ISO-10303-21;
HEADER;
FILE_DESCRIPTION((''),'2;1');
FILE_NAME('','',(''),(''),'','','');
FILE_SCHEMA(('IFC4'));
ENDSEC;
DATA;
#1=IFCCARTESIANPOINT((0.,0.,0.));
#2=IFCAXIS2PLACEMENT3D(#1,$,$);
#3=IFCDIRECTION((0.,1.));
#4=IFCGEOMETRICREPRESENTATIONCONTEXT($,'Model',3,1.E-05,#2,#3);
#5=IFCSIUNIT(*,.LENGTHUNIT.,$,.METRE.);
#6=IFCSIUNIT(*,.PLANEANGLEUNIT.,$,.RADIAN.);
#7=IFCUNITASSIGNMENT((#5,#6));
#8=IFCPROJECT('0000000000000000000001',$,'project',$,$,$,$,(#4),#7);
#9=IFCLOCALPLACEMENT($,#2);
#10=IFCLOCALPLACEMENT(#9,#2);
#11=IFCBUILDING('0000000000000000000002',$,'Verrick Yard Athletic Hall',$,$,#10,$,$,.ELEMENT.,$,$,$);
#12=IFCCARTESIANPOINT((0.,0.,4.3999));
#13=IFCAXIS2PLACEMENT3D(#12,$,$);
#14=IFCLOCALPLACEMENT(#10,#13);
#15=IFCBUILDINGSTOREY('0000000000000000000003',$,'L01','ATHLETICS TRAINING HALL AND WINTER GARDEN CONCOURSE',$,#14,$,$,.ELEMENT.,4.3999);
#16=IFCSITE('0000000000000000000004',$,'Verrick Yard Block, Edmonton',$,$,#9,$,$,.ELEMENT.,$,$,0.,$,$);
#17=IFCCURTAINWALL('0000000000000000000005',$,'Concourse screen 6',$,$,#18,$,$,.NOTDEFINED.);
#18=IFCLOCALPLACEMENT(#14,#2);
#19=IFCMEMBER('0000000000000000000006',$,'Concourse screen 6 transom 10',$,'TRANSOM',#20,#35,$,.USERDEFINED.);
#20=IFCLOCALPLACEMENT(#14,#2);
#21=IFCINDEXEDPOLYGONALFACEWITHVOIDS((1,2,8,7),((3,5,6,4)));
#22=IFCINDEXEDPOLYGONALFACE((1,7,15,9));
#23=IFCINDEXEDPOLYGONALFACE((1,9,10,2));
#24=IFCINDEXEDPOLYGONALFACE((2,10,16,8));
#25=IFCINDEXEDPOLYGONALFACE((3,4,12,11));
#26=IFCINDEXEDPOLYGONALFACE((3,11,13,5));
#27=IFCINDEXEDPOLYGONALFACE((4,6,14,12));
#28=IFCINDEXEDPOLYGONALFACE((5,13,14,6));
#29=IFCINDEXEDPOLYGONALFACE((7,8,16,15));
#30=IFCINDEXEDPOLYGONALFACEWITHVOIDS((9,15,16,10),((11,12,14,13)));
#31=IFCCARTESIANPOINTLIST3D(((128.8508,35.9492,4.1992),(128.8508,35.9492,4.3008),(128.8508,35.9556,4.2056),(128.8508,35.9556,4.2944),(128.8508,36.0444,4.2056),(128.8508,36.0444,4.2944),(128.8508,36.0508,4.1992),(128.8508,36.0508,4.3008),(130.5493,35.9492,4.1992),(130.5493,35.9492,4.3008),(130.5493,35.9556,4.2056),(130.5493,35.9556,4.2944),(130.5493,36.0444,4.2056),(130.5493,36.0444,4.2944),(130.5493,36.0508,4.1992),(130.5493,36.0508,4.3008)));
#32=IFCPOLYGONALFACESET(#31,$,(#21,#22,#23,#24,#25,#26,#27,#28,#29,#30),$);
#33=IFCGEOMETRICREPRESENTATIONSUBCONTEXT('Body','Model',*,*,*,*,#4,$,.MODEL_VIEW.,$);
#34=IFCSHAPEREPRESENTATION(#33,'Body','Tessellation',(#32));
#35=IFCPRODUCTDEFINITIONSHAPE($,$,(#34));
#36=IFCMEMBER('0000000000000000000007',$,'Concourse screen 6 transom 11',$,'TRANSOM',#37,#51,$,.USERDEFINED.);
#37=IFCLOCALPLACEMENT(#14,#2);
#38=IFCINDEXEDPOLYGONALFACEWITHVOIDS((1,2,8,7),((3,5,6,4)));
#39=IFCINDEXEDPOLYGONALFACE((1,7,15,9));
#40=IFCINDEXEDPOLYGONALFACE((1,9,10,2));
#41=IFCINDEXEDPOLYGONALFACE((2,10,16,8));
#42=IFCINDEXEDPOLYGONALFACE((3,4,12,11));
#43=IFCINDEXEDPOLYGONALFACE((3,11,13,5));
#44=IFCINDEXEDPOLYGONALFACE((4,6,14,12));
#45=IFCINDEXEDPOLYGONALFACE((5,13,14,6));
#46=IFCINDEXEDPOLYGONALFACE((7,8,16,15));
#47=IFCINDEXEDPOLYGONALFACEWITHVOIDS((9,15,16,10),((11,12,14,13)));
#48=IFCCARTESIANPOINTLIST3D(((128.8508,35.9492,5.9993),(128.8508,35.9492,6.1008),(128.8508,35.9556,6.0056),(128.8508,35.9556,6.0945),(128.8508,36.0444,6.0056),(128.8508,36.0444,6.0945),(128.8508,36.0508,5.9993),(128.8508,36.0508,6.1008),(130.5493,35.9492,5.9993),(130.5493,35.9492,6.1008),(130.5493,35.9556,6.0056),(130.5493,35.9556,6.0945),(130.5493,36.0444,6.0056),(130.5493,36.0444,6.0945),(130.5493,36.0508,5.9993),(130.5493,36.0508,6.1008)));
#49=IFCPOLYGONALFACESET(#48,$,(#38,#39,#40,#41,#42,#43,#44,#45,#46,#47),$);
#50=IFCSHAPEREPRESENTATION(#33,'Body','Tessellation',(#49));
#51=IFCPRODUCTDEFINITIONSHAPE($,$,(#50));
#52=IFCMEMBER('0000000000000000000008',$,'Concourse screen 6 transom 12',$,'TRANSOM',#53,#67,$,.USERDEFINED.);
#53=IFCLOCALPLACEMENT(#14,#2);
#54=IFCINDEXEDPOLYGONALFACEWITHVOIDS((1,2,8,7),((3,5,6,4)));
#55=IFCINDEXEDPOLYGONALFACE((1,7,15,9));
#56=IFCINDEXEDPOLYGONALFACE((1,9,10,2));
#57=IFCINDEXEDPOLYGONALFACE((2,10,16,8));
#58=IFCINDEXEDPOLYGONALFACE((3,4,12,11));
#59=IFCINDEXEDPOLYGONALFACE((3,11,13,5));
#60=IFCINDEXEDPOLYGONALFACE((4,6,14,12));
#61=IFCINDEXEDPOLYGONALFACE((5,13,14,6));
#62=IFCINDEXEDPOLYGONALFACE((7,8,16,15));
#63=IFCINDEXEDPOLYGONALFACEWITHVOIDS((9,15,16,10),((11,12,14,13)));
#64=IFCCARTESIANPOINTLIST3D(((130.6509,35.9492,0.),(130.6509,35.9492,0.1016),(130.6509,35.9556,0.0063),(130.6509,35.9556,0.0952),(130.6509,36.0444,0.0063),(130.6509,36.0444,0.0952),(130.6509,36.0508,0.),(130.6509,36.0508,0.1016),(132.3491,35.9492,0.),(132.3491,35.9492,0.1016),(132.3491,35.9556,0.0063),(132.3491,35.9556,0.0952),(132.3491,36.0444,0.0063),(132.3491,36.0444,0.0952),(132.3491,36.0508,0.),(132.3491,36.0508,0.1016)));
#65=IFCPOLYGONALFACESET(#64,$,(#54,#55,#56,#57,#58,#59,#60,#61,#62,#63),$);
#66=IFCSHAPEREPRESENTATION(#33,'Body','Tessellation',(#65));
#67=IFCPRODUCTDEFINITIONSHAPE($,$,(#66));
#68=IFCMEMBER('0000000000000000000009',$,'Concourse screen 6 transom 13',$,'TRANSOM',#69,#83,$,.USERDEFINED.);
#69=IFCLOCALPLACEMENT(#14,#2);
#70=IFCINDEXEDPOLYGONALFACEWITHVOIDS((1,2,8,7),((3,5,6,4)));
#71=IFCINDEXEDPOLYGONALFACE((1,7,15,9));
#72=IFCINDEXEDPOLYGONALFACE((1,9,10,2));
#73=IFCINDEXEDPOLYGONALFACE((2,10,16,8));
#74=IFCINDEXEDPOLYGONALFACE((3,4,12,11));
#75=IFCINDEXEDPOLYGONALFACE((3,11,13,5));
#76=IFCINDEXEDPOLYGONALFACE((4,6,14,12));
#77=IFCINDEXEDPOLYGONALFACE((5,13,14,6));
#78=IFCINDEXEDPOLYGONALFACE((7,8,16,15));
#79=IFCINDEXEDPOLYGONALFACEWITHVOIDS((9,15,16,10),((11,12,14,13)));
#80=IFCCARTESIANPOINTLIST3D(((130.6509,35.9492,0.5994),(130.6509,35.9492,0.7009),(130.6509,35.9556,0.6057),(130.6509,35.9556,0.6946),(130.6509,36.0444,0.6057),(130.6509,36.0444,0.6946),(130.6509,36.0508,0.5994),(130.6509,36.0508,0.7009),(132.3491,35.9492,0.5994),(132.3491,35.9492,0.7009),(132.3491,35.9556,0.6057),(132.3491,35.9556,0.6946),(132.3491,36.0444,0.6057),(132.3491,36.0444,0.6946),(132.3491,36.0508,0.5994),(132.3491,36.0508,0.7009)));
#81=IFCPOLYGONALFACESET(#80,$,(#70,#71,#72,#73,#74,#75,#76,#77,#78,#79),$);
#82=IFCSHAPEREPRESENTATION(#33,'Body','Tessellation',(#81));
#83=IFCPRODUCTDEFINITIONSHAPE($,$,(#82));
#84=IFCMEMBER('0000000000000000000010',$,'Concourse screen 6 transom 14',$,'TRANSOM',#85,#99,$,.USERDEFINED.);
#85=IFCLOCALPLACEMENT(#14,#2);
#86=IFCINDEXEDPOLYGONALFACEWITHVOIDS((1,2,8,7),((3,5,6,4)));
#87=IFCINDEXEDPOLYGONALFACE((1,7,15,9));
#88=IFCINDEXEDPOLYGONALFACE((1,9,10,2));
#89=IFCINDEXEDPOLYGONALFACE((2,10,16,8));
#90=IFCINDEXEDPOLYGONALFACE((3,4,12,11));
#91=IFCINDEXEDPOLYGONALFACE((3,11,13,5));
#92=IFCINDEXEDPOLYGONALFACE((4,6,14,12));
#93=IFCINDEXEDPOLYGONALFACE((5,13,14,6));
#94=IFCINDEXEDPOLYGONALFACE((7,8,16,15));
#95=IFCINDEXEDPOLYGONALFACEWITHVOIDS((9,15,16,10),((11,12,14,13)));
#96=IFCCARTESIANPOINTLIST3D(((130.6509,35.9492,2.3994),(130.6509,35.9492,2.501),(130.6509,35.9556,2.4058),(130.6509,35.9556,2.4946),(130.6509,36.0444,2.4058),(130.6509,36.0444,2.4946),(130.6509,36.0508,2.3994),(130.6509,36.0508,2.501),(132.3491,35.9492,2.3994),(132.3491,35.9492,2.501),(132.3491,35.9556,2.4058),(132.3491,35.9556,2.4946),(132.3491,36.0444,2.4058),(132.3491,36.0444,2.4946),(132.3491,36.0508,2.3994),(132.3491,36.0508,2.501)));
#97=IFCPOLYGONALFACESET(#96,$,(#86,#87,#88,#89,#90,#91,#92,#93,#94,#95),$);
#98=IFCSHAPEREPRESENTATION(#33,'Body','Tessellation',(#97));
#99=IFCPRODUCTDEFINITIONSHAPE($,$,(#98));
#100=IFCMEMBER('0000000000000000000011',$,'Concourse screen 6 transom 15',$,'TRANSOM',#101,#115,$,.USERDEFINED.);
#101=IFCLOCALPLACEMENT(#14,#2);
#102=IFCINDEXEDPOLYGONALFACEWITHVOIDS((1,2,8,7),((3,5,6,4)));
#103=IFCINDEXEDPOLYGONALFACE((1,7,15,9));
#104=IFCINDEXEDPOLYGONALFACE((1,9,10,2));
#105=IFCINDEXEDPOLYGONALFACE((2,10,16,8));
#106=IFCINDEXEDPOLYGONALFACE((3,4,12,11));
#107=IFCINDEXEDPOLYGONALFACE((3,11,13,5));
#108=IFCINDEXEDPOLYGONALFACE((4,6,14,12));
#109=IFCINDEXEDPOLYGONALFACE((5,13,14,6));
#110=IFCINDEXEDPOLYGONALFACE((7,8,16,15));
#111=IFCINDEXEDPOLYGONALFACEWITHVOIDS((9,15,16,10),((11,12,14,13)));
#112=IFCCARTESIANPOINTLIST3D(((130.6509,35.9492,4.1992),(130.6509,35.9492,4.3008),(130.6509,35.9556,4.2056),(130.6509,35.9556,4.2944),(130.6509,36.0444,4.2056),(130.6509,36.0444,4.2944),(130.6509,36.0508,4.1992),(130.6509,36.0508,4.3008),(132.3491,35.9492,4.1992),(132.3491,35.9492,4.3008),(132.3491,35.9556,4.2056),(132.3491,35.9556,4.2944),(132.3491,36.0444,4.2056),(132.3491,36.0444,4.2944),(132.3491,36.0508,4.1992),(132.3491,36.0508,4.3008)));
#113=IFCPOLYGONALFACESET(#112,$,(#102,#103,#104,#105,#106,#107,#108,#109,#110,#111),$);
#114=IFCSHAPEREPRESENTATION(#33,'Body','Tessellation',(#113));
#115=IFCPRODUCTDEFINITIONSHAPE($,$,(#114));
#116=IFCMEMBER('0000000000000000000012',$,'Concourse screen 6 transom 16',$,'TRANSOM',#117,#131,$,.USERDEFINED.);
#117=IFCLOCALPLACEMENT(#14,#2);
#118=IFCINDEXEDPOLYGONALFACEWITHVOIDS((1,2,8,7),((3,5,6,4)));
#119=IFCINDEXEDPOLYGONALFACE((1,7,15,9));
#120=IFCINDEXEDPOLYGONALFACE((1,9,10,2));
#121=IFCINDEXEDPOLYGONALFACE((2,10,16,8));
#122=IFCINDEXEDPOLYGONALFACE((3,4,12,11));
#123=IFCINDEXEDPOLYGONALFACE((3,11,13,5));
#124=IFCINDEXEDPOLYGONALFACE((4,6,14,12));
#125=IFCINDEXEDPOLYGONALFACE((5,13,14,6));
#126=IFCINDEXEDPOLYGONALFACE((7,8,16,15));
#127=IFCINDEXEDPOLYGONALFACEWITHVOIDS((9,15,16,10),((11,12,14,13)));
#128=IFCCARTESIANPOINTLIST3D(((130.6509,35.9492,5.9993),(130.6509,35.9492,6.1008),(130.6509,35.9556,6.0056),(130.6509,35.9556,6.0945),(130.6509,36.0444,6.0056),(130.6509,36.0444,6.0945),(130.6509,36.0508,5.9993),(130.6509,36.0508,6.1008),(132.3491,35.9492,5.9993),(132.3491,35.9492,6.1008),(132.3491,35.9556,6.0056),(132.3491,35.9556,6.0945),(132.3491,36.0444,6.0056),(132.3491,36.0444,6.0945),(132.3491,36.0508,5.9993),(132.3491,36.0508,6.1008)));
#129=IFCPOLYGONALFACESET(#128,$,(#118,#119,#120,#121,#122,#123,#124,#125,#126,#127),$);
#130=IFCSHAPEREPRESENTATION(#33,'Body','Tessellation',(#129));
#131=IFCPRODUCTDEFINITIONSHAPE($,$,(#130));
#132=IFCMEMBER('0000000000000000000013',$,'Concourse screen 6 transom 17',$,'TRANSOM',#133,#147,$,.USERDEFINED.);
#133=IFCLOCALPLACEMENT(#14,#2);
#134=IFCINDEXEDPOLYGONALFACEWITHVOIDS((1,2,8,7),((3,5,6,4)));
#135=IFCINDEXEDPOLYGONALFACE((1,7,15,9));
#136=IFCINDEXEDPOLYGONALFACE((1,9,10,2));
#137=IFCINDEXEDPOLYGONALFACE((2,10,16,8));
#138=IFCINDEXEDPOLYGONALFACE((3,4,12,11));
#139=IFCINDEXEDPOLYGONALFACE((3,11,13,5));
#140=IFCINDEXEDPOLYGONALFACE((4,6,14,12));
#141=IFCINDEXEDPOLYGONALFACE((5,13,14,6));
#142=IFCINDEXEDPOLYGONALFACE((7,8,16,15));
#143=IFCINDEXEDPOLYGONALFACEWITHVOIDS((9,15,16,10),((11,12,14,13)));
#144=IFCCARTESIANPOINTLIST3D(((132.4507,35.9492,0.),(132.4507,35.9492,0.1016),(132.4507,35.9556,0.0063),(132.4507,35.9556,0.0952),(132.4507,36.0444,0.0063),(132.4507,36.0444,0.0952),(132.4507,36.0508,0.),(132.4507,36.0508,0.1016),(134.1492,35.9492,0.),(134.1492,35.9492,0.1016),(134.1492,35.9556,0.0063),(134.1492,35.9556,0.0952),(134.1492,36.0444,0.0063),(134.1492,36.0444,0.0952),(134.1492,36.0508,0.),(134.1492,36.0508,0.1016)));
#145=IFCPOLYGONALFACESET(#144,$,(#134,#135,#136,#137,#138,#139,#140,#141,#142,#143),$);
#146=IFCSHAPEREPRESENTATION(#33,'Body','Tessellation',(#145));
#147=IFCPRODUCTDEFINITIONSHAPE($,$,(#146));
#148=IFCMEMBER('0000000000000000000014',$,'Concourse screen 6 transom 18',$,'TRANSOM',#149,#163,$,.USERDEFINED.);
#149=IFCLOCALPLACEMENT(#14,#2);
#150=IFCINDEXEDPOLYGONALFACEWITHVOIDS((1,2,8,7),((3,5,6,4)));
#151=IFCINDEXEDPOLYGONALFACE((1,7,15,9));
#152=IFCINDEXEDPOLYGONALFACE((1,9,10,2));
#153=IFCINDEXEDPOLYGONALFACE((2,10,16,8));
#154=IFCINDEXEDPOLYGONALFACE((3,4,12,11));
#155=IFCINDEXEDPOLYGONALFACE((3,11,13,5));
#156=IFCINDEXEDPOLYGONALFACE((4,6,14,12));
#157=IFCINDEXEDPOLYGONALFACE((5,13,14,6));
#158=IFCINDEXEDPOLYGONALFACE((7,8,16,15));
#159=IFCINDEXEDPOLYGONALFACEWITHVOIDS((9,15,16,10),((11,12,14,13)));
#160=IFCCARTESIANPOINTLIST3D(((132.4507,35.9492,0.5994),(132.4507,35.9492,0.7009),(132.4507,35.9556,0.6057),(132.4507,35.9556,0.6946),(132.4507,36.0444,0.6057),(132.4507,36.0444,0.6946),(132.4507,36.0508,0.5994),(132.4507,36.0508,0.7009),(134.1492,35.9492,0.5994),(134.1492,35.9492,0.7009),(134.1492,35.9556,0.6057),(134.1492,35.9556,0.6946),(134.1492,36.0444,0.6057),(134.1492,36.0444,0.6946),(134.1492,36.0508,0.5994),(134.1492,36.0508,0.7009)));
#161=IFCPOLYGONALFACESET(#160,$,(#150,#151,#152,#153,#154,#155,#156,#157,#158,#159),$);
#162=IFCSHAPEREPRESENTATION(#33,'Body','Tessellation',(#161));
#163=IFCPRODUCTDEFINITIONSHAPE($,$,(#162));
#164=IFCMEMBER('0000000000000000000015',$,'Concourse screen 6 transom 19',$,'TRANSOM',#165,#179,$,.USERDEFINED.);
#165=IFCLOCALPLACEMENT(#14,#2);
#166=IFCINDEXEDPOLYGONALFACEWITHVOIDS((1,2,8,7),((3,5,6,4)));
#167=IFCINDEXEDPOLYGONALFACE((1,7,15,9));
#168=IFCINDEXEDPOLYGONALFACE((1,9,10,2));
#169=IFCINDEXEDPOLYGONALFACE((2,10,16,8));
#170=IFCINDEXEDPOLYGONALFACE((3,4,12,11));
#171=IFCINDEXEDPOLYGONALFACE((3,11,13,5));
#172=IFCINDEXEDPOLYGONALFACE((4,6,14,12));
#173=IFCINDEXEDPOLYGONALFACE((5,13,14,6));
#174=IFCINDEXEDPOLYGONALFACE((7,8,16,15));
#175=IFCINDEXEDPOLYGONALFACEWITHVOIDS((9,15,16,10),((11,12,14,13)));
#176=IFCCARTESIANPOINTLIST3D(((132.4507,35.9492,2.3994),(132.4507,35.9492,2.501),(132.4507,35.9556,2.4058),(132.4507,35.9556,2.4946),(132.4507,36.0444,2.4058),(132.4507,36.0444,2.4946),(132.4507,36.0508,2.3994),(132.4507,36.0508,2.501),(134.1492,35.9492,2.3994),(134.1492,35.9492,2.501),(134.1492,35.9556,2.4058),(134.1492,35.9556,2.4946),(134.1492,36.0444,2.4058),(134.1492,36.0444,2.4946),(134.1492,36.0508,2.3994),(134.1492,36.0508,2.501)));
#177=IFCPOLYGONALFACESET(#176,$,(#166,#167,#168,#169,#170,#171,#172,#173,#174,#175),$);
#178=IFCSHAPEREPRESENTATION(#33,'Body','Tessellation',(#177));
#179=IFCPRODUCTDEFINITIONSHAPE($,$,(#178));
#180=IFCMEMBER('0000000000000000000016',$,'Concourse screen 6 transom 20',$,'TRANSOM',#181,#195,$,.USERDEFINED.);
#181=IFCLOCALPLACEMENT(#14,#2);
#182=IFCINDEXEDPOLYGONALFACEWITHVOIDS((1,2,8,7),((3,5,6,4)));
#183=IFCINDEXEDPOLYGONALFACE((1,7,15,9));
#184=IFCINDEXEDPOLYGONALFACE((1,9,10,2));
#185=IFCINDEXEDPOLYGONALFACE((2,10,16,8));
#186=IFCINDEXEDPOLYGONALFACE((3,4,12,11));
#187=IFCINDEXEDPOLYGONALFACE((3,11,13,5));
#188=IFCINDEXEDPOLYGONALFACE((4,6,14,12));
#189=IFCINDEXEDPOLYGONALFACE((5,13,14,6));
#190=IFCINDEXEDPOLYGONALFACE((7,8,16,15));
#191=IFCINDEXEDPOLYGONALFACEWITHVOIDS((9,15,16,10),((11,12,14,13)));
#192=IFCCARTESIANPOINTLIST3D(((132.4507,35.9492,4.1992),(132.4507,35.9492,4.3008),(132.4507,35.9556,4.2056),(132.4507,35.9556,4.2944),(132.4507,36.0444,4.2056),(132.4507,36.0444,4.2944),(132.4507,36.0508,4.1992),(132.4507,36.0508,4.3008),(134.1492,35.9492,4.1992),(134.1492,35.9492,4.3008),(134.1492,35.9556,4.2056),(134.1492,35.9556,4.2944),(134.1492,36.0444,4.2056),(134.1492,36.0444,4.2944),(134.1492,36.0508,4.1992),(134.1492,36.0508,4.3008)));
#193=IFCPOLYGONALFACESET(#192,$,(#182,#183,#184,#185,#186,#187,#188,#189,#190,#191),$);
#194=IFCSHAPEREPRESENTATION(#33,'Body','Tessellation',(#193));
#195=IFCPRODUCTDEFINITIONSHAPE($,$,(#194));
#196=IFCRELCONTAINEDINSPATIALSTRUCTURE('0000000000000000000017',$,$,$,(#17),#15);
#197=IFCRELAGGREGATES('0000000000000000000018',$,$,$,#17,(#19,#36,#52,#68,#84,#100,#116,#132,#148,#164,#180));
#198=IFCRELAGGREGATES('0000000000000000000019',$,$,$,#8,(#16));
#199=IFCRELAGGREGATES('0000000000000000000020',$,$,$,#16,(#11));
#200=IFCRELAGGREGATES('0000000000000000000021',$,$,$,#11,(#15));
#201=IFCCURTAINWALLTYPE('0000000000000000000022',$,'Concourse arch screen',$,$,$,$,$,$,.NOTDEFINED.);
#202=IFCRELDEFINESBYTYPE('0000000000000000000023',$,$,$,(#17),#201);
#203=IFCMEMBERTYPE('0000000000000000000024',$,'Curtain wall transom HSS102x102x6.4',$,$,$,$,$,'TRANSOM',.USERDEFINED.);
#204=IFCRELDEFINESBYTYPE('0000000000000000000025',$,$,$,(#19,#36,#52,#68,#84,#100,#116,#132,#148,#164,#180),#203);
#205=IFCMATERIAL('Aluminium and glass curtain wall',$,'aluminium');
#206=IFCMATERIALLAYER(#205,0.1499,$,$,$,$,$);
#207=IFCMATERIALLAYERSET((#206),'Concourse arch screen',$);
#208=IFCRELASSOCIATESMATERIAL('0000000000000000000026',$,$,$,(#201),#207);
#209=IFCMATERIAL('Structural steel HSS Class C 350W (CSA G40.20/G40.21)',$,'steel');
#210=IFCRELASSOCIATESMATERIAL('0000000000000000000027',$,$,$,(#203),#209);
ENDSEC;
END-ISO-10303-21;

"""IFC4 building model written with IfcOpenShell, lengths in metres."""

from ifc_helpers import new_model, si_unit, direction, frame, origin, origin_2d, place, context, subcontext, project, spatial, hollow_rectangle, extrude, material, layer, layer_set, material_profile, profile_set, type_object, element, aggregate, save


model = new_model("IFC4")

# Units and contexts
model_context = context("Model", 3, precision=1e-05, world=origin(), true_north=direction((0.0, 1.0)))
body_context = subcontext(model_context, "Body", "Model", "MODEL_VIEW")
ifc_project = project(units=[si_unit("LENGTHUNIT", "METRE"), si_unit("PLANEANGLEUNIT", "RADIAN")], contexts=[model_context])

# Site, building, storey
site_placement = place(None, origin())
site = spatial("IfcSite", under=ifc_project, at=site_placement, Name="Verrick Yard Block, Edmonton", CompositionType="ELEMENT", RefElevation=0.0)
building_placement = place(site_placement, origin())
building = spatial("IfcBuilding", under=site, at=building_placement, Name="Verrick Yard Athletic Hall", CompositionType="ELEMENT")
storey_placement = place(building_placement, frame((0.0, 0.0, 4.3999)))
storey = spatial("IfcBuildingStorey", under=building, at=storey_placement, Name="L01", Description="ATHLETICS TRAINING HALL AND WINTER GARDEN CONCOURSE", CompositionType="ELEMENT", Elevation=4.3999)

# Curtain wall, members
ifc_material_1 = material(Name="Aluminium and glass curtain wall", Category="aluminium")
ifc_layer = layer(ifc_material_1, 0.1499)
ifc_layer_set = layer_set([ifc_layer], Name="Concourse arch screen")
curtain_wall_type = type_object("IfcCurtainWallType", Name="Concourse arch screen", PredefinedType="NOTDEFINED", material=ifc_layer_set)
curtain_wall_placement = place(storey_placement, origin())
curtain_wall = element("IfcCurtainWall", 1, at=curtain_wall_placement, inside=storey, type_object=curtain_wall_type, Name="Concourse screen 6", PredefinedType="NOTDEFINED")
ifc_material_2 = material(Name="Structural steel HSS Class C 350W (CSA G40.20/G40.21)", Category="steel")
ifc_material_profile_1 = material_profile(ifc_material_2, hollow_rectangle(XDim=0.1016, YDim=0.1016, WallThickness=0.0063, at=origin_2d()), Name="HSS102x102x6.4")
ifc_profile_set_1 = profile_set([ifc_material_profile_1], Name="Structural steel HSS Class C 350W (CSA G40.20/G40.21)")
member_type_1 = type_object("IfcMemberType", Name="Curtain wall transom HSS102x102x6.4", ElementType="TRANSOM", PredefinedType="USERDEFINED", material=ifc_profile_set_1)
member_1_placement = place(storey_placement, frame((128.8508, 36.0, 4.25), z_axis=(1.0, 0.0, 0.0), x_axis=(0.0, 1.0, 0.0)))
member_1 = element("IfcMember", 2, at=member_1_placement, type_object=member_type_1, Name="Concourse screen 6 transom 10", ObjectType="TRANSOM", PredefinedType="USERDEFINED", context=body_context, shape_type="SweptSolid", body=[
    extrude(hollow_rectangle(XDim=0.1016, YDim=0.1016, WallThickness=0.0063, at=origin_2d()), origin(), (0.0, 0.0, 1.0), 1.6985),
])
member_2_placement = place(storey_placement, frame((128.8508, 36.0, 6.05), z_axis=(1.0, 0.0, 0.0), x_axis=(0.0, 1.0, 0.0)))
member_2 = element("IfcMember", 3, at=member_2_placement, type_object=member_type_1, Name="Concourse screen 6 transom 11", ObjectType="TRANSOM", PredefinedType="USERDEFINED", context=body_context, shape_type="SweptSolid", body=[
    extrude(hollow_rectangle(XDim=0.1016, YDim=0.1016, WallThickness=0.0063, at=origin_2d()), origin(), (0.0, 0.0, 1.0), 1.6985),
])
member_3_placement = place(storey_placement, frame((130.6509, 36.0, 0.0508), z_axis=(1.0, 0.0, 0.0), x_axis=(0.0, 1.0, 0.0)))
member_3 = element("IfcMember", 4, at=member_3_placement, type_object=member_type_1, Name="Concourse screen 6 transom 12", ObjectType="TRANSOM", PredefinedType="USERDEFINED", context=body_context, shape_type="SweptSolid", body=[
    extrude(hollow_rectangle(XDim=0.1016, YDim=0.1016, WallThickness=0.0063, at=origin_2d()), origin(), (0.0, 0.0, 1.0), 1.6982),
])
member_4_placement = place(storey_placement, frame((130.6509, 36.0, 0.6501), z_axis=(1.0, 0.0, 0.0), x_axis=(0.0, 1.0, 0.0)))
member_4 = element("IfcMember", 5, at=member_4_placement, type_object=member_type_1, Name="Concourse screen 6 transom 13", ObjectType="TRANSOM", PredefinedType="USERDEFINED", context=body_context, shape_type="SweptSolid", body=[
    extrude(hollow_rectangle(XDim=0.1016, YDim=0.1016, WallThickness=0.0063, at=origin_2d()), origin(), (0.0, 0.0, 1.0), 1.6982),
])
member_5_placement = place(storey_placement, frame((130.6509, 36.0, 2.4502), z_axis=(1.0, 0.0, 0.0), x_axis=(0.0, 1.0, 0.0)))
member_5 = element("IfcMember", 6, at=member_5_placement, type_object=member_type_1, Name="Concourse screen 6 transom 14", ObjectType="TRANSOM", PredefinedType="USERDEFINED", context=body_context, shape_type="SweptSolid", body=[
    extrude(hollow_rectangle(XDim=0.1016, YDim=0.1016, WallThickness=0.0063, at=origin_2d()), origin(), (0.0, 0.0, 1.0), 1.6982),
])
member_6_placement = place(storey_placement, frame((130.6509, 36.0, 4.25), z_axis=(1.0, 0.0, 0.0), x_axis=(0.0, 1.0, 0.0)))
member_6 = element("IfcMember", 7, at=member_6_placement, type_object=member_type_1, Name="Concourse screen 6 transom 15", ObjectType="TRANSOM", PredefinedType="USERDEFINED", context=body_context, shape_type="SweptSolid", body=[
    extrude(hollow_rectangle(XDim=0.1016, YDim=0.1016, WallThickness=0.0063, at=origin_2d()), origin(), (0.0, 0.0, 1.0), 1.6982),
])
member_7_placement = place(storey_placement, frame((130.6509, 36.0, 6.05), z_axis=(1.0, 0.0, 0.0), x_axis=(0.0, 1.0, 0.0)))
member_7 = element("IfcMember", 8, at=member_7_placement, type_object=member_type_1, Name="Concourse screen 6 transom 16", ObjectType="TRANSOM", PredefinedType="USERDEFINED", context=body_context, shape_type="SweptSolid", body=[
    extrude(hollow_rectangle(XDim=0.1016, YDim=0.1016, WallThickness=0.0063, at=origin_2d()), origin(), (0.0, 0.0, 1.0), 1.6982),
])
member_8_placement = place(storey_placement, frame((132.4507, 36.0, 0.0508), z_axis=(1.0, 0.0, 0.0), x_axis=(0.0, 1.0, 0.0)))
member_8 = element("IfcMember", 9, at=member_8_placement, type_object=member_type_1, Name="Concourse screen 6 transom 17", ObjectType="TRANSOM", PredefinedType="USERDEFINED", context=body_context, shape_type="SweptSolid", body=[
    extrude(hollow_rectangle(XDim=0.1016, YDim=0.1016, WallThickness=0.0063, at=origin_2d()), origin(), (0.0, 0.0, 1.0), 1.6985),
])
member_9_placement = place(storey_placement, frame((132.4507, 36.0, 0.6501), z_axis=(1.0, 0.0, 0.0), x_axis=(0.0, 1.0, 0.0)))
member_9 = element("IfcMember", 10, at=member_9_placement, type_object=member_type_1, Name="Concourse screen 6 transom 18", ObjectType="TRANSOM", PredefinedType="USERDEFINED", context=body_context, shape_type="SweptSolid", body=[
    extrude(hollow_rectangle(XDim=0.1016, YDim=0.1016, WallThickness=0.0063, at=origin_2d()), origin(), (0.0, 0.0, 1.0), 1.6985),
])
member_10_placement = place(storey_placement, frame((132.4507, 36.0, 2.4502), z_axis=(1.0, 0.0, 0.0), x_axis=(0.0, 1.0, 0.0)))
member_10 = element("IfcMember", 11, at=member_10_placement, type_object=member_type_1, Name="Concourse screen 6 transom 19", ObjectType="TRANSOM", PredefinedType="USERDEFINED", context=body_context, shape_type="SweptSolid", body=[
    extrude(hollow_rectangle(XDim=0.1016, YDim=0.1016, WallThickness=0.0063, at=origin_2d()), origin(), (0.0, 0.0, 1.0), 1.6985),
])
member_11_placement = place(storey_placement, frame((132.4507, 36.0, 4.25), z_axis=(1.0, 0.0, 0.0), x_axis=(0.0, 1.0, 0.0)))
member_11 = element("IfcMember", 12, at=member_11_placement, type_object=member_type_1, Name="Concourse screen 6 transom 20", ObjectType="TRANSOM", PredefinedType="USERDEFINED", context=body_context, shape_type="SweptSolid", body=[
    extrude(hollow_rectangle(XDim=0.1016, YDim=0.1016, WallThickness=0.0063, at=origin_2d()), origin(), (0.0, 0.0, 1.0), 1.6985),
])
aggregate(curtain_wall, [member_1, member_2, member_3, member_4, member_5, member_6, member_7, member_8, member_9, member_10, member_11])

save(model, "model.ifc")
